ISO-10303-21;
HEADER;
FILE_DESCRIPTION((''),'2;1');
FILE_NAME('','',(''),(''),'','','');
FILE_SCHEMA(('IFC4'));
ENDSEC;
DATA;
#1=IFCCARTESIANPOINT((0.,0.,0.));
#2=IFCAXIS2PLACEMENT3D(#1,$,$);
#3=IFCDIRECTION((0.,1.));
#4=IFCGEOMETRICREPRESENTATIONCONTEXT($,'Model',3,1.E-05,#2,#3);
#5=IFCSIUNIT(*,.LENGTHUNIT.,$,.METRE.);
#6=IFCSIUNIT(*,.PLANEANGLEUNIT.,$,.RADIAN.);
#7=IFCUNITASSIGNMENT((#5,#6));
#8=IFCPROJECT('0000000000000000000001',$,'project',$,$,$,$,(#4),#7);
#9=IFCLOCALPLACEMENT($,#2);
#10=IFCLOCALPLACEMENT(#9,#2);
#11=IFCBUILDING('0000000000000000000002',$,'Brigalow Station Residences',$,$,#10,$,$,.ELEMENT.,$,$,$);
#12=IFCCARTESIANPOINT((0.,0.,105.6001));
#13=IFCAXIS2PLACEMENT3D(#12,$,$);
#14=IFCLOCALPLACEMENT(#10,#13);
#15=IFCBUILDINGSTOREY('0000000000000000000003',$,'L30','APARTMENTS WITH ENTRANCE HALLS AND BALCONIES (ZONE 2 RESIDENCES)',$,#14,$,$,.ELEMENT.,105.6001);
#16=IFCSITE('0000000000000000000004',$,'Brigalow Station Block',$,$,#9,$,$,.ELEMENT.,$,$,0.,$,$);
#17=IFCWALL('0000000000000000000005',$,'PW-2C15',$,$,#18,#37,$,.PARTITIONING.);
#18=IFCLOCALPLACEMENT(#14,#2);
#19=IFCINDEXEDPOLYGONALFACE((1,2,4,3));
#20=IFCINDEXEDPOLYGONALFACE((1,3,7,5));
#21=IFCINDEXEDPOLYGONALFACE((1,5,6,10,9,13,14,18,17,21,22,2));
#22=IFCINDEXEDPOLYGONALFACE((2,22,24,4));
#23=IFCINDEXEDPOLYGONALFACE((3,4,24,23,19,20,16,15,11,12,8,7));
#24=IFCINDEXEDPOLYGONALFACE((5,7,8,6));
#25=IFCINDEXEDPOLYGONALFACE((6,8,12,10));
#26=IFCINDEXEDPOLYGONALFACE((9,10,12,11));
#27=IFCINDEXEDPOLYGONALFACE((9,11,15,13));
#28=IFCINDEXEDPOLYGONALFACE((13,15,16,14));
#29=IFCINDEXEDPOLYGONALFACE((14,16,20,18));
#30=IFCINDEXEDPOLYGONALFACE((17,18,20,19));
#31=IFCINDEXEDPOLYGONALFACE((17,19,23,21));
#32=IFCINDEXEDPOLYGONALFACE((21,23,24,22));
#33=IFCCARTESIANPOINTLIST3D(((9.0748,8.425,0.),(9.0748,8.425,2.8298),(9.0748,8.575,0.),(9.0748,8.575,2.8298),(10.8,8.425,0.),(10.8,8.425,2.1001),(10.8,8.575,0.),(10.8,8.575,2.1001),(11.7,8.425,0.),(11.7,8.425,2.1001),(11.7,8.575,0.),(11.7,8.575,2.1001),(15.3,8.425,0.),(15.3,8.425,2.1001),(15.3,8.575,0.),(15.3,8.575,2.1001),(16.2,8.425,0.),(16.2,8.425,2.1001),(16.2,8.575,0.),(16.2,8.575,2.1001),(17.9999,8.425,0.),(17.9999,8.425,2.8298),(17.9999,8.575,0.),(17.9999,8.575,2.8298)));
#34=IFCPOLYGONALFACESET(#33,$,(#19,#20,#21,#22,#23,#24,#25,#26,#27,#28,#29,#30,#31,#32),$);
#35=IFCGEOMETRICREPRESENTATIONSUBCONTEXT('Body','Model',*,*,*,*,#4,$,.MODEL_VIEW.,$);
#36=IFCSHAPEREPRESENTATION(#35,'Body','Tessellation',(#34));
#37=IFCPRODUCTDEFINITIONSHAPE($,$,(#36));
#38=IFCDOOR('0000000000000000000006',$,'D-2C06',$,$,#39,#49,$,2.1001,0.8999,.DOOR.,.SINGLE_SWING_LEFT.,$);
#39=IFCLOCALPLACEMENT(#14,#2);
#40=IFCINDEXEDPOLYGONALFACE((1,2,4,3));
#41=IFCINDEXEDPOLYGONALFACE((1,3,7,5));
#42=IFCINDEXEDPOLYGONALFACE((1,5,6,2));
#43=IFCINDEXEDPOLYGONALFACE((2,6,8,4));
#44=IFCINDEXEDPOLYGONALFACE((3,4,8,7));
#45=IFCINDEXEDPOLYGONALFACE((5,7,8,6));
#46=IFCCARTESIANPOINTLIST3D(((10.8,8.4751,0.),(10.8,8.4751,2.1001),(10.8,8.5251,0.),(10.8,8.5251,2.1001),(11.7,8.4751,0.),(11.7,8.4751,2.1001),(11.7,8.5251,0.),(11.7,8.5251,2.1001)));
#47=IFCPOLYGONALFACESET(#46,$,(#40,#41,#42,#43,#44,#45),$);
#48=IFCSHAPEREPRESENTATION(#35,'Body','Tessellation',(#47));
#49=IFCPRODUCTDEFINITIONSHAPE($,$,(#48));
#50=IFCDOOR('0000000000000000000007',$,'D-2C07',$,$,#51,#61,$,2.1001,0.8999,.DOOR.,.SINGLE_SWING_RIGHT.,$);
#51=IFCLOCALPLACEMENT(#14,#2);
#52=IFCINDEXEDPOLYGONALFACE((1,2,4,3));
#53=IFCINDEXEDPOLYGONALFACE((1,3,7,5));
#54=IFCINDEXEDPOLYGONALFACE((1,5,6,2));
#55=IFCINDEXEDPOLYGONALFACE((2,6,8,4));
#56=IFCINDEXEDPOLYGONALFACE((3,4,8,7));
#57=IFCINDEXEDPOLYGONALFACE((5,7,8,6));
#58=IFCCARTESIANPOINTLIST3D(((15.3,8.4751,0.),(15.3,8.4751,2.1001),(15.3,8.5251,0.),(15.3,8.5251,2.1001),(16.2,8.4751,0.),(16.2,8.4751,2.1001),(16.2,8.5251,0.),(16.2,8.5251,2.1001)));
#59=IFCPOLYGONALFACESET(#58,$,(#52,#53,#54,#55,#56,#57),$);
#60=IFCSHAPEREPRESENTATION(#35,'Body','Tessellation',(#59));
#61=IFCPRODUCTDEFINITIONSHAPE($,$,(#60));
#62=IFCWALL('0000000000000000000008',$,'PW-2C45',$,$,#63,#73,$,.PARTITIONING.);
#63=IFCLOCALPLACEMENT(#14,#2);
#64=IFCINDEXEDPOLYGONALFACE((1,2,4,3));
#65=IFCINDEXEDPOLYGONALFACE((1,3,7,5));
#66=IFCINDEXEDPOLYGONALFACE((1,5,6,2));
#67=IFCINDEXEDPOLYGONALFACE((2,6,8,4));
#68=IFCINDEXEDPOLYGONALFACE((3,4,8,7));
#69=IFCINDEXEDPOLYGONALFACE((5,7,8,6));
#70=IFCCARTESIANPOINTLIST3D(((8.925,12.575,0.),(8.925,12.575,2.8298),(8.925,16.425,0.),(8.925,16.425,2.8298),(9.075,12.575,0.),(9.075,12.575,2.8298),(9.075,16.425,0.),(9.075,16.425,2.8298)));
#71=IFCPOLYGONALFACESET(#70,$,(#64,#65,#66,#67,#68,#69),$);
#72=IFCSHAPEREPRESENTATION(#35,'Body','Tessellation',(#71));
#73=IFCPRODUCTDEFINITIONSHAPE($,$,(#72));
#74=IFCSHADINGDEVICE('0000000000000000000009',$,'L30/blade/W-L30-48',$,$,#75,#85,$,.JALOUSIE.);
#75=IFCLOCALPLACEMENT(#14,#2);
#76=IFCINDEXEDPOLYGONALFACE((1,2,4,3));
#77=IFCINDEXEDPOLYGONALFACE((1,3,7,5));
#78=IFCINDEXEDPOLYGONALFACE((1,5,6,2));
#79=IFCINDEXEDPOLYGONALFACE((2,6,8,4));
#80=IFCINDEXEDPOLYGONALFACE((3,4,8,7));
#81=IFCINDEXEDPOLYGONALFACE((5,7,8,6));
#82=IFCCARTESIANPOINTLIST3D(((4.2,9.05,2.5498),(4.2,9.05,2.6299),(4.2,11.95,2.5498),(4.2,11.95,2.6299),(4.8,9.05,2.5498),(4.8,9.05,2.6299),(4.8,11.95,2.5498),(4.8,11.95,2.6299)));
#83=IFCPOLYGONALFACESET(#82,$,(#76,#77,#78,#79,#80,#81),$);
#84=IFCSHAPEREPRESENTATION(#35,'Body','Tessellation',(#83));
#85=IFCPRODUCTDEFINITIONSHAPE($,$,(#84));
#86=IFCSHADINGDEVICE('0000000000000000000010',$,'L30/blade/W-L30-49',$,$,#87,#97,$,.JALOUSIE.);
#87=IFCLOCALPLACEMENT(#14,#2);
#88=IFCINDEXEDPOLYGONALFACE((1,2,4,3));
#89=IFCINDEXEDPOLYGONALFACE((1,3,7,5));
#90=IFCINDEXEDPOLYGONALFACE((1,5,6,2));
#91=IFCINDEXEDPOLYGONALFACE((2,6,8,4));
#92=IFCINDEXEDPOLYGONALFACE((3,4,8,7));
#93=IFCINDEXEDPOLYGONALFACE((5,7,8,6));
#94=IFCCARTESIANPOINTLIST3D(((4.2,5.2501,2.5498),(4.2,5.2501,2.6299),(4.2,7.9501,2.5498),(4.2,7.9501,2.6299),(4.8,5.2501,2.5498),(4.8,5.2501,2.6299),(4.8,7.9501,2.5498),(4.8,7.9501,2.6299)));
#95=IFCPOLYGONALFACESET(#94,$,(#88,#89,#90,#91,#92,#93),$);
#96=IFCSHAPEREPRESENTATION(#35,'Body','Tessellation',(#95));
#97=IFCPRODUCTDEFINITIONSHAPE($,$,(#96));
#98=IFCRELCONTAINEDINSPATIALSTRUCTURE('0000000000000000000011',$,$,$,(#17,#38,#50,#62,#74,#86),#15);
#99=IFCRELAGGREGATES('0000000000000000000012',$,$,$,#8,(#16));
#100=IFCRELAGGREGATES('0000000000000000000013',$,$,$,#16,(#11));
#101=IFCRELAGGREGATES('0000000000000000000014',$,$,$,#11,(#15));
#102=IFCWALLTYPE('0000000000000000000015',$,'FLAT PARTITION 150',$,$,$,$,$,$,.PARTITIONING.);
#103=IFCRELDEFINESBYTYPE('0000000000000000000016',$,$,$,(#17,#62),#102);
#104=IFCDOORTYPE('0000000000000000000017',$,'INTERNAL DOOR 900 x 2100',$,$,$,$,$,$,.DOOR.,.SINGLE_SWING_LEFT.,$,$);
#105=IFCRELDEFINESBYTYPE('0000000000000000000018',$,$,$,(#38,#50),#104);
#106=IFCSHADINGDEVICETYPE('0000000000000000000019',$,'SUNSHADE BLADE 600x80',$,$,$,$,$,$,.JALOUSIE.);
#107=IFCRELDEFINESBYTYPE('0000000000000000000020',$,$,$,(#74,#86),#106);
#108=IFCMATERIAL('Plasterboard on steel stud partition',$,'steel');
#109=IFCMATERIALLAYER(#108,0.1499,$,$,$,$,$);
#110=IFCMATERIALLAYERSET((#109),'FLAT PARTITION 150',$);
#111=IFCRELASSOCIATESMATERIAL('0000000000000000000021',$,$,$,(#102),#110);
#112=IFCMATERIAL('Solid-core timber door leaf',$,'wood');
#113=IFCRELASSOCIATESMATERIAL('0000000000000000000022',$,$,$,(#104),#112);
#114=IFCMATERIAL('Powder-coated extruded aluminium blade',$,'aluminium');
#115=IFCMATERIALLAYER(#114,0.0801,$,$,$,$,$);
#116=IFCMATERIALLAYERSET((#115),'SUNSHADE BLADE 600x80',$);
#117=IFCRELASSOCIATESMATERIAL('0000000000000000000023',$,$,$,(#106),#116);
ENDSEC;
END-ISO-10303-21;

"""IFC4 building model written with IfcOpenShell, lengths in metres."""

from ifc_helpers import new_model, si_unit, direction, frame, frame_2d, origin, origin_2d, place, context, subcontext, project, spatial, rectangle, extrude, material, layer, layer_set, type_object, element, fill, save


model = new_model("IFC4")

# Units and contexts
model_context = context("Model", 3, precision=1e-05, world=origin(), true_north=direction((0.0, 1.0)))
body_context = subcontext(model_context, "Body", "Model", "MODEL_VIEW")
ifc_project = project(units=[si_unit("LENGTHUNIT", "METRE"), si_unit("PLANEANGLEUNIT", "RADIAN")], contexts=[model_context])

# Site, building, storey
site_placement = place(None, origin())
site = spatial("IfcSite", under=ifc_project, at=site_placement, Name="Brigalow Station Block", CompositionType="ELEMENT", RefElevation=0.0)
building_placement = place(site_placement, origin())
building = spatial("IfcBuilding", under=site, at=building_placement, Name="Brigalow Station Residences", CompositionType="ELEMENT")
storey_placement = place(building_placement, frame((0.0, 0.0, 105.6001)))
storey = spatial("IfcBuildingStorey", under=building, at=storey_placement, Name="L30", Description="APARTMENTS WITH ENTRANCE HALLS AND BALCONIES (ZONE 2 RESIDENCES)", CompositionType="ELEMENT", Elevation=105.6001)

# Shared definitions
ifc_material_1 = material(Name="Plasterboard on steel stud partition", Category="steel")
ifc_layer_1 = layer(ifc_material_1, 0.1499)
ifc_layer_set_1 = layer_set([ifc_layer_1], Name="FLAT PARTITION 150")
wall_type_1 = type_object("IfcWallType", Name="FLAT PARTITION 150", PredefinedType="PARTITIONING", material=ifc_layer_set_1)
ifc_material_2 = material(Name="Solid-core timber door leaf", Category="wood")
door_type = type_object("IfcDoorType", Name="INTERNAL DOOR 900 x 2100", OperationType="SINGLE_SWING_LEFT", PredefinedType="DOOR", material=ifc_material_2)

# Wall, openings, doors
wall_1_placement = place(storey_placement, frame((9.075, 8.5, 0.0), z_axis=(0.0, 0.0, 1.0), x_axis=(1.0, 0.0, 0.0)))
wall_1 = element("IfcWall", 1, at=wall_1_placement, inside=storey, type_object=wall_type_1, Name="PW-2C15", PredefinedType="PARTITIONING", context=body_context, shape_type="SweptSolid", body=[
    extrude(rectangle(XDim=8.925, YDim=0.1499, at=frame_2d((4.4624, 0.0))), origin(), (0.0, 0.0, 1.0), 2.8298),
])
opening_1_placement = place(wall_1_placement, frame((1.7251, 0.0, 0.0)))
opening_1 = element("IfcOpeningElement", 2, at=opening_1_placement, cuts=wall_1, PredefinedType="OPENING", context=body_context, shape_type="SweptSolid", body=[
    extrude(rectangle(XDim=0.8999, YDim=2.1001, at=frame_2d((0.45, 1.05))), frame((0.0, 0.085, 0.0), z_axis=(0.0, -1.0, 0.0), x_axis=(1.0, 0.0, 0.0)), (0.0, 0.0, 1.0), 0.1699),
])
opening_2_placement = place(wall_1_placement, frame((6.2251, 0.0, 0.0)))
opening_2 = element("IfcOpeningElement", 3, at=opening_2_placement, cuts=wall_1, PredefinedType="OPENING", context=body_context, shape_type="SweptSolid", body=[
    extrude(rectangle(XDim=0.8999, YDim=2.1001, at=frame_2d((0.45, 1.05))), frame((0.0, 0.085, 0.0), z_axis=(0.0, -1.0, 0.0), x_axis=(1.0, 0.0, 0.0)), (0.0, 0.0, 1.0), 0.1699),
])
door_1_placement = place(opening_1_placement, frame((0.8999, 0.0, 0.0), z_axis=(0.0, 0.0, 1.0), x_axis=(-1.0, 0.0, 0.0)))
door_1 = element("IfcDoor", 4, at=door_1_placement, inside=storey, type_object=door_type, Name="D-2C06", OperationType="SINGLE_SWING_LEFT", OverallHeight=2.1001, OverallWidth=0.8999, PredefinedType="DOOR", context=body_context, shape_type="SweptSolid", body=[
    extrude(rectangle(XDim=0.8999, YDim=2.1001, at=frame_2d((0.45, 1.05))), frame((0.0, 0.0249, 0.0), z_axis=(0.0, -1.0, 0.0), x_axis=(1.0, 0.0, 0.0)), (0.0, 0.0, 1.0), 0.05),
])
fill(opening_1, door_1)
door_2_placement = place(opening_2_placement, frame((0.8999, 0.0, 0.0), z_axis=(0.0, 0.0, 1.0), x_axis=(-1.0, 0.0, 0.0)))
door_2 = element("IfcDoor", 5, at=door_2_placement, inside=storey, type_object=door_type, Name="D-2C07", OperationType="SINGLE_SWING_RIGHT", OverallHeight=2.1001, OverallWidth=0.8999, PredefinedType="DOOR", context=body_context, shape_type="SweptSolid", body=[
    extrude(rectangle(XDim=0.8999, YDim=2.1001, at=frame_2d((0.45, 1.05))), frame((0.0, 0.0249, 0.0), z_axis=(0.0, -1.0, 0.0), x_axis=(1.0, 0.0, 0.0)), (0.0, 0.0, 1.0), 0.05),
])
fill(opening_2, door_2)

# Wall
wall_2_placement = place(storey_placement, frame((9.0, 12.575, 0.0), z_axis=(0.0, 0.0, 1.0), x_axis=(0.0, 1.0, 0.0)))
element("IfcWall", 6, at=wall_2_placement, inside=storey, type_object=wall_type_1, Name="PW-2C45", PredefinedType="PARTITIONING", context=body_context, shape_type="SweptSolid", body=[
    extrude(rectangle(XDim=3.8501, YDim=0.1499, at=frame_2d((1.925, 0.0))), origin(), (0.0, 0.0, 1.0), 2.8298),
])

# Shading devices
ifc_material_3 = material(Name="Powder-coated extruded aluminium blade", Category="aluminium")
ifc_layer_2 = layer(ifc_material_3, 0.0801)
ifc_layer_set_2 = layer_set([ifc_layer_2], Name="SUNSHADE BLADE 600x80")
shading_device_type = type_object("IfcShadingDeviceType", Name="SUNSHADE BLADE 600x80", PredefinedType="JALOUSIE", material=ifc_layer_set_2)
shading_device_1_placement = place(storey_placement, frame((4.5, 10.5, 2.5498), z_axis=(0.0, 0.0, 1.0), x_axis=(0.0, -1.0, 0.0)))
element("IfcShadingDevice", 7, at=shading_device_1_placement, inside=storey, type_object=shading_device_type, Name="L30/blade/W-L30-48", PredefinedType="JALOUSIE", context=body_context, shape_type="SweptSolid", body=[
    extrude(rectangle(XDim=2.8999, YDim=0.6001, at=origin_2d()), origin(), (0.0, 0.0, 1.0), 0.0801),
])
shading_device_2_placement = place(storey_placement, frame((4.5, 6.6001, 2.5498), z_axis=(0.0, 0.0, 1.0), x_axis=(0.0, -1.0, 0.0)))
element("IfcShadingDevice", 8, at=shading_device_2_placement, inside=storey, type_object=shading_device_type, Name="L30/blade/W-L30-49", PredefinedType="JALOUSIE", context=body_context, shape_type="SweptSolid", body=[
    extrude(rectangle(XDim=2.7, YDim=0.6001, at=origin_2d()), origin(), (0.0, 0.0, 1.0), 0.0801),
])

save(model, "model.ifc")
